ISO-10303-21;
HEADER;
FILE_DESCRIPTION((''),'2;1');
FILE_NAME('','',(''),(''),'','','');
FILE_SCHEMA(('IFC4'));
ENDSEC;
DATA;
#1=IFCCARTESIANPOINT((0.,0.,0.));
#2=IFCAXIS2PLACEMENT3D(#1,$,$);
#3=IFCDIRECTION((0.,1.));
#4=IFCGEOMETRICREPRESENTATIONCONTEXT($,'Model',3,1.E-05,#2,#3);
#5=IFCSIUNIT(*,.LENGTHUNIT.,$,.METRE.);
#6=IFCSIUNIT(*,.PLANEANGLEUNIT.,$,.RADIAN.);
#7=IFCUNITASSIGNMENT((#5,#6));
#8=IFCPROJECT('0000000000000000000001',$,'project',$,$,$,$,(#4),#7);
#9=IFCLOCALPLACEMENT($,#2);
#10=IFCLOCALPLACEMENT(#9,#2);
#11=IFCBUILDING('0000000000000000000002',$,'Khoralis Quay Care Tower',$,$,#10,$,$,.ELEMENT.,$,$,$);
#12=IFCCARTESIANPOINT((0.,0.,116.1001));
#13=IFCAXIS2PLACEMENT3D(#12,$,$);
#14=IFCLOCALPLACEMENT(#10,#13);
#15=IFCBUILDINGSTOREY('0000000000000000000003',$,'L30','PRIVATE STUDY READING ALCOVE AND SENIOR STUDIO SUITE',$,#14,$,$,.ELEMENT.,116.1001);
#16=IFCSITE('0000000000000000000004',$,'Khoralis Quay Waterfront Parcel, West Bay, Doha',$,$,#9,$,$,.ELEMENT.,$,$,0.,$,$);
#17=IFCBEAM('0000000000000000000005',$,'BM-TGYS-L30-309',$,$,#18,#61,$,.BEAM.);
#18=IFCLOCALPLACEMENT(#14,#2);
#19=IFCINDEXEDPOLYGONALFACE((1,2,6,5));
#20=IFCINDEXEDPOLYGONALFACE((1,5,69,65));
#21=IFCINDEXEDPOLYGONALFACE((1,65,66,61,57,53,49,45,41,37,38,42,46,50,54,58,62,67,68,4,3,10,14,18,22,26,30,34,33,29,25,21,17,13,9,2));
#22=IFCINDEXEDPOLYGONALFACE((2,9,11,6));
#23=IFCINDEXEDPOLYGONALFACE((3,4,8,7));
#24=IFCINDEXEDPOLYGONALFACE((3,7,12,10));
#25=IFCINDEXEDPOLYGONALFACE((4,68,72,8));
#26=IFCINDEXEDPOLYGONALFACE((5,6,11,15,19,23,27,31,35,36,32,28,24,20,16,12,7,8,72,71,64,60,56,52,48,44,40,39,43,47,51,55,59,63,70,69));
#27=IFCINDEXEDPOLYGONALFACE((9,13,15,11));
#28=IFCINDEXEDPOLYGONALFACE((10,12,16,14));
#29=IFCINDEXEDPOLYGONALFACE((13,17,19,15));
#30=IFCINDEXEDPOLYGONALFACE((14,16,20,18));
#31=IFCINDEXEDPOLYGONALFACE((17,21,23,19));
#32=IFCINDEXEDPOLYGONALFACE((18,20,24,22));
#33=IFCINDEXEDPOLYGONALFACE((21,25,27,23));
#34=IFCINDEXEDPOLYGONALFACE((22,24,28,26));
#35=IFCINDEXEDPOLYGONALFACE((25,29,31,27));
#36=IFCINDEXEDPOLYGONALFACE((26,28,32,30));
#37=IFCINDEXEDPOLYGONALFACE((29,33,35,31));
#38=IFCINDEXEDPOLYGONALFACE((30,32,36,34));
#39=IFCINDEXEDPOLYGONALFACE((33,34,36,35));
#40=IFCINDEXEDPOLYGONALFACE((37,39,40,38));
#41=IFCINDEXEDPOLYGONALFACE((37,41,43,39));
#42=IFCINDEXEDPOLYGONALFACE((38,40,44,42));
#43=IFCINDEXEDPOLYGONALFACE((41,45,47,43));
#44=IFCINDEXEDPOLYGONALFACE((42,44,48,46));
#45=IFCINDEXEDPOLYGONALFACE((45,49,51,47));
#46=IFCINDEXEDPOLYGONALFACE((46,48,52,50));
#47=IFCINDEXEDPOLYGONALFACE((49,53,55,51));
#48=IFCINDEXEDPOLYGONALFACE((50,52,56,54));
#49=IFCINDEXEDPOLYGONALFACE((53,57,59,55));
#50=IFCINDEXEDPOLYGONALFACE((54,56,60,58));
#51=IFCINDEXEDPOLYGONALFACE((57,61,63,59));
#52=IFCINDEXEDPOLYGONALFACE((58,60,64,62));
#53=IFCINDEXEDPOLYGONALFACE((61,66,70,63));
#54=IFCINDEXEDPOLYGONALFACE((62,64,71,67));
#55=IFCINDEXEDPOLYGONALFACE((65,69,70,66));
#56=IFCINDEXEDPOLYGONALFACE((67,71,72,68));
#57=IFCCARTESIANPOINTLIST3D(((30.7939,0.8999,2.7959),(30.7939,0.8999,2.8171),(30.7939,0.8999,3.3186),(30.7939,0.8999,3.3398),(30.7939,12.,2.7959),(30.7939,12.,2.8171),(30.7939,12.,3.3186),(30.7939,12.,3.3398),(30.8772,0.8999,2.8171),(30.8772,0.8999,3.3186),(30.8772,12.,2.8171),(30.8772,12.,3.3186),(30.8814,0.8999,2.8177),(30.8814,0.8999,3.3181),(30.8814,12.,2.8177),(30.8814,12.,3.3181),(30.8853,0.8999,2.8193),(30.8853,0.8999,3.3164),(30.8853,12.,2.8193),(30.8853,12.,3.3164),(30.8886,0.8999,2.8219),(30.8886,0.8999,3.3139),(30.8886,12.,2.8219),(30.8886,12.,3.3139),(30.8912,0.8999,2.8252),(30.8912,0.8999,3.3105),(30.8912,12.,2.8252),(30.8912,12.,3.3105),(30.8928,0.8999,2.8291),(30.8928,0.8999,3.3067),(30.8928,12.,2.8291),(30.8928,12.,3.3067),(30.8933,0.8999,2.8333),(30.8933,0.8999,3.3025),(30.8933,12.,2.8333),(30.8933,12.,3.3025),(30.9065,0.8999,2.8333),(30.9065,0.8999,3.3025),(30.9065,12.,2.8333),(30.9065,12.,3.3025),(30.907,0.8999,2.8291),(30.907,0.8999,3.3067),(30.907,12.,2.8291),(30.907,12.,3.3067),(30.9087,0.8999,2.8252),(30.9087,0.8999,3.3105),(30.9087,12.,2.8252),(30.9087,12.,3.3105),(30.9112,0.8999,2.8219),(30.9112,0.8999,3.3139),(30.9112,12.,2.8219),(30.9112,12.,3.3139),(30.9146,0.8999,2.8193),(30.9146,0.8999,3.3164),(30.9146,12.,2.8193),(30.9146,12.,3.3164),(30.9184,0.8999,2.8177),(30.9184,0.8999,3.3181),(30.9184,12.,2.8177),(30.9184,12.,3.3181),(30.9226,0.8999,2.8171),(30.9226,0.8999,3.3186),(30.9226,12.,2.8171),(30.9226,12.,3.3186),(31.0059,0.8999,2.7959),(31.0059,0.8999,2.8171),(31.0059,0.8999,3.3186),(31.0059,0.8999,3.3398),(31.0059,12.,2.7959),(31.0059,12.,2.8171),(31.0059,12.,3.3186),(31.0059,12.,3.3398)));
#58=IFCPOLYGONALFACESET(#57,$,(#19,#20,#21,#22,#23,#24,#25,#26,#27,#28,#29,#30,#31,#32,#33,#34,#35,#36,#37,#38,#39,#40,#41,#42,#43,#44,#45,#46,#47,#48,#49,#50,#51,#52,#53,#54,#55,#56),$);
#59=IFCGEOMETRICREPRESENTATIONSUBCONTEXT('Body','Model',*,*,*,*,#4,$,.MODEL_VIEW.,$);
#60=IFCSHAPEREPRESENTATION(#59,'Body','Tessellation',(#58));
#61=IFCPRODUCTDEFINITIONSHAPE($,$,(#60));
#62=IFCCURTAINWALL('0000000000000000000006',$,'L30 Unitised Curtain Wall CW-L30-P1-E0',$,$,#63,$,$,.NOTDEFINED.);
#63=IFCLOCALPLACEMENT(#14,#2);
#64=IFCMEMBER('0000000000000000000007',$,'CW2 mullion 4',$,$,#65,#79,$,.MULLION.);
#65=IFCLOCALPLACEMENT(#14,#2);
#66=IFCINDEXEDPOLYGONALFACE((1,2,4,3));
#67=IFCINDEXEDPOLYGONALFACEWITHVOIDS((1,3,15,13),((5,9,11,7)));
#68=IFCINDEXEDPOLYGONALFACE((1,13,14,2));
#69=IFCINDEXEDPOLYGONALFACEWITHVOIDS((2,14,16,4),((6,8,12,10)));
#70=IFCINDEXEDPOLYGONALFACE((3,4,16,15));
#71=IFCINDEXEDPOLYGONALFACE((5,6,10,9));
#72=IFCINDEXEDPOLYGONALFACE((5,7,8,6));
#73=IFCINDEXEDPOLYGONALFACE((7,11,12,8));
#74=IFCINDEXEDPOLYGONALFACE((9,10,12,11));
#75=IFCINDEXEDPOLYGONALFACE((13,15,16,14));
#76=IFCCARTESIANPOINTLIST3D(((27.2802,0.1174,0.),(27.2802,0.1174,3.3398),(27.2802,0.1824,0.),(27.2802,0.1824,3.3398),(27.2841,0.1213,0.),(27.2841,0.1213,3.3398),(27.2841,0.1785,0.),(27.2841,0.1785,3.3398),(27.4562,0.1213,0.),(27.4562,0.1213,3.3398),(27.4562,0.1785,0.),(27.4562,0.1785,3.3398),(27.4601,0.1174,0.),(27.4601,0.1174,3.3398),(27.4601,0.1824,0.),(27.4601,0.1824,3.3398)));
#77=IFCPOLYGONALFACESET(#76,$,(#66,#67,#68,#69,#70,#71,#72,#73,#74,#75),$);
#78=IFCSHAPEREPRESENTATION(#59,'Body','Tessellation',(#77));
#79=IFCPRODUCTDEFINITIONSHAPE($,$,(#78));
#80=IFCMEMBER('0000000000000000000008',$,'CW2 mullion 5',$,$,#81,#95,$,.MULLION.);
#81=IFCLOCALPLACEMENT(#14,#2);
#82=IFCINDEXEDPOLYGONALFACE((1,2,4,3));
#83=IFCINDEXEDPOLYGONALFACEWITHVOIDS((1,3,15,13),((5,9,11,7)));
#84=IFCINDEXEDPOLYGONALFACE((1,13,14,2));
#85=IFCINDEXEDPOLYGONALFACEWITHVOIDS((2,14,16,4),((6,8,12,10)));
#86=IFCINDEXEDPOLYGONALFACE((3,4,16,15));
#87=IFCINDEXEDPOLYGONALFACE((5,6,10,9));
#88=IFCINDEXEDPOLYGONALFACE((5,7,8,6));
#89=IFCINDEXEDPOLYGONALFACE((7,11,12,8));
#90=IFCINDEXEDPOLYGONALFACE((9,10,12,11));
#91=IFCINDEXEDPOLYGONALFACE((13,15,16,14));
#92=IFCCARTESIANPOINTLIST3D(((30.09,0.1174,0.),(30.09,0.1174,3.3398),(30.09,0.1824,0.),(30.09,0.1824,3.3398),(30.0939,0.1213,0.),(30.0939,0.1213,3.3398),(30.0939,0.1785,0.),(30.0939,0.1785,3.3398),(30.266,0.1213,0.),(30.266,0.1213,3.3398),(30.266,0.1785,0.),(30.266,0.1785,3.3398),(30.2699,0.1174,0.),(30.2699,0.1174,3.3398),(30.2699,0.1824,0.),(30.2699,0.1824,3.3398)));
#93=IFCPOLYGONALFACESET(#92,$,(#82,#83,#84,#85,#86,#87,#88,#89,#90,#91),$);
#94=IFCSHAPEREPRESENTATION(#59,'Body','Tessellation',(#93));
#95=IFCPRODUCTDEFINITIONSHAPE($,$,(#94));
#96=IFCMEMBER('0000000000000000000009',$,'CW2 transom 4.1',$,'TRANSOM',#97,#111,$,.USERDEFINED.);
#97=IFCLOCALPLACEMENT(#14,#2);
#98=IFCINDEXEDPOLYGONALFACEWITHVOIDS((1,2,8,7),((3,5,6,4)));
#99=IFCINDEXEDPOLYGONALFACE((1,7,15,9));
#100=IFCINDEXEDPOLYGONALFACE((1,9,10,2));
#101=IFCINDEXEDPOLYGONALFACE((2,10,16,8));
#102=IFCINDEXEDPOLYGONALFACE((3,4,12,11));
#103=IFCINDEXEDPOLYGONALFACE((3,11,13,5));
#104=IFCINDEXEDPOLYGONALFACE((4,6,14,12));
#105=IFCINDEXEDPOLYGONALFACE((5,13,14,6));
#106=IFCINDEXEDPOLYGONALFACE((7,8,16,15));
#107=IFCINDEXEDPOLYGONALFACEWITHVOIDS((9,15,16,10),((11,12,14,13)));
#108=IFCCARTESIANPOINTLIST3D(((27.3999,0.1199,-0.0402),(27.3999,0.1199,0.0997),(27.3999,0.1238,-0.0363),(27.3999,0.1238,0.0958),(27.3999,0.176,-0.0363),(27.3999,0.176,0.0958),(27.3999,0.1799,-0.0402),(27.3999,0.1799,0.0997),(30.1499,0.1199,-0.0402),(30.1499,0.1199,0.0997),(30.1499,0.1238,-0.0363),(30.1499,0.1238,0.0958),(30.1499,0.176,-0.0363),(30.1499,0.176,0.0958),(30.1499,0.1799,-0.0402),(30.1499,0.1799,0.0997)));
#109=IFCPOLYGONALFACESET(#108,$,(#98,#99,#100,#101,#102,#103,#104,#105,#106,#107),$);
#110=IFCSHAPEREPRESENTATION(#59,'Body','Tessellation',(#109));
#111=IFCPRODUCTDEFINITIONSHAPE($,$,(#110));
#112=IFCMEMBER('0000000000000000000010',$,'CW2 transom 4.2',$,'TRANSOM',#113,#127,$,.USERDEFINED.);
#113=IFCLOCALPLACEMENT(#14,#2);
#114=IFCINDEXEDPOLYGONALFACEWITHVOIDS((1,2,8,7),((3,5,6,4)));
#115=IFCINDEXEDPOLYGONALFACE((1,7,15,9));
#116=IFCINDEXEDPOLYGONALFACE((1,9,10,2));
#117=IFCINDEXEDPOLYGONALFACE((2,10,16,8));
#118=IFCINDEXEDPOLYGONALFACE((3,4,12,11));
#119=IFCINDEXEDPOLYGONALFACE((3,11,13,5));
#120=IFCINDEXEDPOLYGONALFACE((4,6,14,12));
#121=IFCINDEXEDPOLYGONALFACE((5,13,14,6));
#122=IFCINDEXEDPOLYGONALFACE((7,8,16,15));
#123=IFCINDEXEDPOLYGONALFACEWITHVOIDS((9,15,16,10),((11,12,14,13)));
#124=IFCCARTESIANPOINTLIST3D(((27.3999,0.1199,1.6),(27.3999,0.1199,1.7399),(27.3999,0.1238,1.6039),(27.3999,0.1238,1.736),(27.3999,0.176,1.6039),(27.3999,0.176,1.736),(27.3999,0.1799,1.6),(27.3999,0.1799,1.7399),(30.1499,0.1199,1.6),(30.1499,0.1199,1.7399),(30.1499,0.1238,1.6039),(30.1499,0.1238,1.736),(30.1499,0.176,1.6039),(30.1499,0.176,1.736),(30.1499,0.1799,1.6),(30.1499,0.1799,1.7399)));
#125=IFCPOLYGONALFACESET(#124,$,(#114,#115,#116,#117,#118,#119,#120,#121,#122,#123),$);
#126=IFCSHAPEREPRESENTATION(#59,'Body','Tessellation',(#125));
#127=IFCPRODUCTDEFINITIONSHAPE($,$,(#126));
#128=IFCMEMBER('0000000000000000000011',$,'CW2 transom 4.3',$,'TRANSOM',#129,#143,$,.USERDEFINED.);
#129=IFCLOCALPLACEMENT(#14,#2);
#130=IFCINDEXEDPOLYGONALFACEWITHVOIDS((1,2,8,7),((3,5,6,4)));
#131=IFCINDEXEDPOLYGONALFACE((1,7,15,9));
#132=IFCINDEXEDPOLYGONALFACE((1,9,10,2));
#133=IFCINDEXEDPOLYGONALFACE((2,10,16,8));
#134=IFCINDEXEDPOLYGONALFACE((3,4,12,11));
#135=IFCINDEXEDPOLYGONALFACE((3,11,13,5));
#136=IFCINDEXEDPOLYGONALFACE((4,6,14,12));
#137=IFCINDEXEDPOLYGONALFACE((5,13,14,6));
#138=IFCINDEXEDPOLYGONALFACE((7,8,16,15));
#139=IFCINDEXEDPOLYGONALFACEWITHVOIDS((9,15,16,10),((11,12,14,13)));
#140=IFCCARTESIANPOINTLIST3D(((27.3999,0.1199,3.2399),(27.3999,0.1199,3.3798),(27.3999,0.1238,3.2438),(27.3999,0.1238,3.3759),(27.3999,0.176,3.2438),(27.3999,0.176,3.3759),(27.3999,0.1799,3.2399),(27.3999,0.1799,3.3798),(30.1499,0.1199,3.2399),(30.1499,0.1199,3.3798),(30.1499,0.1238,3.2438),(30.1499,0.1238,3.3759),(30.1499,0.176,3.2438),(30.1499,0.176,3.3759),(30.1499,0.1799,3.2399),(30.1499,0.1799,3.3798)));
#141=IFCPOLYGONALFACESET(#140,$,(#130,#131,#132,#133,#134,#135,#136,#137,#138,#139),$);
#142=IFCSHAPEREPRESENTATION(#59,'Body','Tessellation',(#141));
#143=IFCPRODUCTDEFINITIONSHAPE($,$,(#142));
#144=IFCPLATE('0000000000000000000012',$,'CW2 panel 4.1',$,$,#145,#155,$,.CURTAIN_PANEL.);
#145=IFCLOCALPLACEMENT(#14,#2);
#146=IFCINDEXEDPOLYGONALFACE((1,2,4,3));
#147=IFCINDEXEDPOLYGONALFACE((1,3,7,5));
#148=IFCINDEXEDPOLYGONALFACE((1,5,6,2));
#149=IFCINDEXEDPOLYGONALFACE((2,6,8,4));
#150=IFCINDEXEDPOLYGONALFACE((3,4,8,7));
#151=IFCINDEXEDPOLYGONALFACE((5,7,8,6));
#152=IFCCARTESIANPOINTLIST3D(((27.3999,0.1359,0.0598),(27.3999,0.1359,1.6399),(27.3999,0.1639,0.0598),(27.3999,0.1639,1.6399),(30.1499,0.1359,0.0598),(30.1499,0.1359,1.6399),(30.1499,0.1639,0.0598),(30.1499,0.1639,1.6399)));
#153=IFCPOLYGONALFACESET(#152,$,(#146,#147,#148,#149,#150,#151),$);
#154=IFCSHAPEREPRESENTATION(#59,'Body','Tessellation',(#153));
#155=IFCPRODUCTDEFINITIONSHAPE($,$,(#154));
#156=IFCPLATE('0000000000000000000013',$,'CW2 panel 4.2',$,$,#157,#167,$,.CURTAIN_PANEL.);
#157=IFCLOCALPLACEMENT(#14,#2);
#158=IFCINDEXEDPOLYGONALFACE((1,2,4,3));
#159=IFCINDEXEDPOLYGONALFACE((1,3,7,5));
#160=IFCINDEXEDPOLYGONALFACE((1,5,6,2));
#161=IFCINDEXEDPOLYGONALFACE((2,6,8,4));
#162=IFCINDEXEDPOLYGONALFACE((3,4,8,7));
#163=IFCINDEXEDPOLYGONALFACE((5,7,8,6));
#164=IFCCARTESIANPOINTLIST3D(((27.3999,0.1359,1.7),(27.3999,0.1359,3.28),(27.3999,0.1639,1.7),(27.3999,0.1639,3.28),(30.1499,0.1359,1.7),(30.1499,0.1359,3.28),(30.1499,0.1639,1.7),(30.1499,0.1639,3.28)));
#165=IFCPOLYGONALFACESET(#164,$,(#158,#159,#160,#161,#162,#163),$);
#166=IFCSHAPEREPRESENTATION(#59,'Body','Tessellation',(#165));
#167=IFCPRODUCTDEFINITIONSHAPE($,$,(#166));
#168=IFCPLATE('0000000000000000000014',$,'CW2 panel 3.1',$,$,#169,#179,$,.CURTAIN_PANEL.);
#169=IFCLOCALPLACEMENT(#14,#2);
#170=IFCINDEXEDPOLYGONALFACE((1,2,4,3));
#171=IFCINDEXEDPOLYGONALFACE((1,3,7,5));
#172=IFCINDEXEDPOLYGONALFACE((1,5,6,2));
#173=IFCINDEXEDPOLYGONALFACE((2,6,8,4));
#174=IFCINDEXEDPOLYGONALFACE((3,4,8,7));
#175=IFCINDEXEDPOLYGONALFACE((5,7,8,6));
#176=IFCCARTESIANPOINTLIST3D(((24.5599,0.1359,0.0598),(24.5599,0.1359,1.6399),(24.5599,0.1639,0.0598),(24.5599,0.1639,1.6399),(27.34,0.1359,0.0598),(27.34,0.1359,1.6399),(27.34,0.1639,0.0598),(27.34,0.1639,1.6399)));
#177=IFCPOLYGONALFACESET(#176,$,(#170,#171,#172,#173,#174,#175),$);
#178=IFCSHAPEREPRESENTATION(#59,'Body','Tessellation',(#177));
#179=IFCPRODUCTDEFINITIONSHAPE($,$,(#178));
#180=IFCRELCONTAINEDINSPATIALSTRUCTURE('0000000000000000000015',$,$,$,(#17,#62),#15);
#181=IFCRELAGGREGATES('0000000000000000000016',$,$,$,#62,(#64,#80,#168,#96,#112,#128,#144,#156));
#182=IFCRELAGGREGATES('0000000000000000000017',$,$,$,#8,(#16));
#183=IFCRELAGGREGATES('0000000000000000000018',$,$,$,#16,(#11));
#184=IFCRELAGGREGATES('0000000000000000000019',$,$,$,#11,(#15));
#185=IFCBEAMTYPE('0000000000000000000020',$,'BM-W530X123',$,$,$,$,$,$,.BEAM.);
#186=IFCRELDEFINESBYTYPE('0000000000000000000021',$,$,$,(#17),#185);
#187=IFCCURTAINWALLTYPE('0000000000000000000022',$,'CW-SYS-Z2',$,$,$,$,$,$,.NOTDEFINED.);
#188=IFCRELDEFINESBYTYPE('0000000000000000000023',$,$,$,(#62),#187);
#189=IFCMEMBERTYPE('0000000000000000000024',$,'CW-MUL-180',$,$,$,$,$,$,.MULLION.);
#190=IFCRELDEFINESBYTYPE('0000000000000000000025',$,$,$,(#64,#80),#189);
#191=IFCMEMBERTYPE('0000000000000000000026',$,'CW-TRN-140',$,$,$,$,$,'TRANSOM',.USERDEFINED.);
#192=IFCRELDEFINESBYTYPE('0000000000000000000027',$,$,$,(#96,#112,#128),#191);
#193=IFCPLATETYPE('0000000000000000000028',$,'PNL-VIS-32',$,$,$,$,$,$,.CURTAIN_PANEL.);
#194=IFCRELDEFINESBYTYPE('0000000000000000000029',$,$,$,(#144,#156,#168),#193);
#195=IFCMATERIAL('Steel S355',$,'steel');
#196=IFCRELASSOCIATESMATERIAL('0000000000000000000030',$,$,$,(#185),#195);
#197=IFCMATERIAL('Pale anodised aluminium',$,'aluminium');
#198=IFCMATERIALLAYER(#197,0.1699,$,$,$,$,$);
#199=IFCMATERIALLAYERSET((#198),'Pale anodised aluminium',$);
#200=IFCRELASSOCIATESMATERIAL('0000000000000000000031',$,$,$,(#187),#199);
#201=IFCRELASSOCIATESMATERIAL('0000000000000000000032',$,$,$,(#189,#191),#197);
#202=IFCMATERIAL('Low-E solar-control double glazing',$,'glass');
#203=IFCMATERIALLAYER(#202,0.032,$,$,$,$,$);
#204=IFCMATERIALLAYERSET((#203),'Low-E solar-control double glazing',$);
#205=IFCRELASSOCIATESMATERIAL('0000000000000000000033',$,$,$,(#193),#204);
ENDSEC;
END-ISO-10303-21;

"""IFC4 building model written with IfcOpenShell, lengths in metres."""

from ifc_helpers import new_model, si_unit, direction, frame, origin, origin_2d, place, context, subcontext, project, spatial, rectangle, hollow_rectangle, i_section, extrude, source, transform, mapped, material, layer, layer_set, material_profile, profile_set, type_object, element, aggregate, save


model = new_model("IFC4")

# Units and contexts
model_context = context("Model", 3, precision=1e-05, world=origin(), true_north=direction((0.0, 1.0)))
body_context = subcontext(model_context, "Body", "Model", "MODEL_VIEW")
ifc_project = project(units=[si_unit("LENGTHUNIT", "METRE"), si_unit("PLANEANGLEUNIT", "RADIAN")], contexts=[model_context])

# Site, building, storey
site_placement = place(None, origin())
site = spatial("IfcSite", under=ifc_project, at=site_placement, Name="Khoralis Quay Waterfront Parcel, West Bay, Doha", CompositionType="ELEMENT", RefElevation=0.0)
building_placement = place(site_placement, origin())
building = spatial("IfcBuilding", under=site, at=building_placement, Name="Khoralis Quay Care Tower", CompositionType="ELEMENT")
storey_placement = place(building_placement, frame((0.0, 0.0, 116.1001)))
storey = spatial("IfcBuildingStorey", under=building, at=storey_placement, Name="L30", Description="PRIVATE STUDY READING ALCOVE AND SENIOR STUDIO SUITE", CompositionType="ELEMENT", Elevation=116.1001)

# Beam
ifc_material_1 = material(Name="Steel S355", Category="steel")
ifc_material_profile_1 = material_profile(ifc_material_1, i_section(OverallWidth=0.2119, OverallDepth=0.5439, WebThickness=0.0132, FlangeThickness=0.0212, FilletRadius=0.0161, at=origin_2d()), Name="Steel S355")
ifc_profile_set_1 = profile_set([ifc_material_profile_1], Name="Steel S355")
beam_type_1 = type_object("IfcBeamType", Name="BM-W530X123", PredefinedType="BEAM", material=ifc_profile_set_1)
shared_shape_1 = source(origin(), body_context, "Body", "SweptSolid", [
    extrude(i_section(OverallWidth=0.2119, OverallDepth=0.5439, WebThickness=0.0132, FlangeThickness=0.0212, FilletRadius=0.0161, at=origin_2d()), origin(), (0.0, 0.0, 1.0), 11.1001),
])
for number, where, z_axis, x_axis, name in (
    (1, (30.8999, 0.8999, 3.0679), (0.0, 1.0, 0.0), (-1.0, 0.0, 0.0), "BM-TGYS-L30-309"),
):
    element("IfcBeam", number, at=place(storey_placement, frame(where, z_axis=z_axis, x_axis=x_axis)), inside=storey, type_object=beam_type_1, Name=name, PredefinedType="BEAM", context=body_context, shape_type="MappedRepresentation", body=[
        mapped(shared_shape_1, transform((0.0, 0.0, 0.0), scale=1.0)),
    ])

# Curtain wall, members, plates
ifc_material_2 = material(Name="Pale anodised aluminium", Category="aluminium")
ifc_layer_1 = layer(ifc_material_2, 0.1699)
ifc_layer_set_1 = layer_set([ifc_layer_1], Name="Pale anodised aluminium")
curtain_wall_type = type_object("IfcCurtainWallType", Name="CW-SYS-Z2", PredefinedType="NOTDEFINED", material=ifc_layer_set_1)
curtain_wall_placement = place(storey_placement, origin())
curtain_wall = element("IfcCurtainWall", 2, at=curtain_wall_placement, inside=storey, type_object=curtain_wall_type, Name="L30 Unitised Curtain Wall CW-L30-P1-E0", PredefinedType="NOTDEFINED")
ifc_material_profile_2 = material_profile(ifc_material_2, hollow_rectangle(XDim=0.0649, YDim=0.1799, WallThickness=0.0039, at=origin_2d()), Name="Pale anodised aluminium")
ifc_profile_set_2 = profile_set([ifc_material_profile_2], Name="Pale anodised aluminium")
member_type_1 = type_object("IfcMemberType", Name="CW-MUL-180", PredefinedType="MULLION", material=ifc_profile_set_2)
shared_shape_2 = source(origin(), body_context, "Body", "SweptSolid", [
    extrude(hollow_rectangle(XDim=0.0649, YDim=0.1799, WallThickness=0.0039, at=origin_2d()), origin(), (0.0, 0.0, 1.0), 3.3398),
])
member_1_placement = place(storey_placement, frame((27.3701, 0.1499, 0.0), z_axis=(0.0, 0.0, 1.0), x_axis=(0.0, 1.0, 0.0)))
member_1 = element("IfcMember", 3, at=member_1_placement, type_object=member_type_1, Name="CW2 mullion 4", PredefinedType="MULLION", context=body_context, shape_type="MappedRepresentation", body=[
    mapped(shared_shape_2, transform((0.0, 0.0, 0.0), scale=1.0)),
])
member_2_placement = place(storey_placement, frame((30.1799, 0.1499, 0.0), z_axis=(0.0, 0.0, 1.0), x_axis=(0.0, 1.0, 0.0)))
member_2 = element("IfcMember", 4, at=member_2_placement, type_object=member_type_1, Name="CW2 mullion 5", PredefinedType="MULLION", context=body_context, shape_type="MappedRepresentation", body=[
    mapped(shared_shape_2, transform((0.0, 0.0, 0.0), scale=1.0)),
])
ifc_material_profile_3 = material_profile(ifc_material_2, hollow_rectangle(XDim=0.0601, YDim=0.1399, WallThickness=0.0039, at=origin_2d()), Name="Pale anodised aluminium")
ifc_profile_set_3 = profile_set([ifc_material_profile_3], Name="Pale anodised aluminium")
member_type_2 = type_object("IfcMemberType", Name="CW-TRN-140", ElementType="TRANSOM", PredefinedType="USERDEFINED", material=ifc_profile_set_3)
shared_shape_3 = source(origin(), body_context, "Body", "SweptSolid", [
    extrude(hollow_rectangle(XDim=0.0601, YDim=0.1399, WallThickness=0.0039, at=origin_2d()), origin(), (0.0, 0.0, 1.0), 2.75),
])
member_3_placement = place(storey_placement, frame((27.3999, 0.1499, 0.0298), z_axis=(1.0, 0.0, 0.0), x_axis=(0.0, 1.0, 0.0)))
member_3 = element("IfcMember", 5, at=member_3_placement, type_object=member_type_2, Name="CW2 transom 4.1", ObjectType="TRANSOM", PredefinedType="USERDEFINED", context=body_context, shape_type="MappedRepresentation", body=[
    mapped(shared_shape_3, transform((0.0, 0.0, 0.0), scale=1.0)),
])
member_4_placement = place(storey_placement, frame((27.3999, 0.1499, 1.6699), z_axis=(1.0, 0.0, 0.0), x_axis=(0.0, 1.0, 0.0)))
member_4 = element("IfcMember", 6, at=member_4_placement, type_object=member_type_2, Name="CW2 transom 4.2", ObjectType="TRANSOM", PredefinedType="USERDEFINED", context=body_context, shape_type="MappedRepresentation", body=[
    mapped(shared_shape_3, transform((0.0, 0.0, 0.0), scale=1.0)),
])
member_5_placement = place(storey_placement, frame((27.3999, 0.1499, 3.3098), z_axis=(1.0, 0.0, 0.0), x_axis=(0.0, 1.0, 0.0)))
member_5 = element("IfcMember", 7, at=member_5_placement, type_object=member_type_2, Name="CW2 transom 4.3", ObjectType="TRANSOM", PredefinedType="USERDEFINED", context=body_context, shape_type="MappedRepresentation", body=[
    mapped(shared_shape_3, transform((0.0, 0.0, 0.0), scale=1.0)),
])
ifc_material_3 = material(Name="Low-E solar-control double glazing", Category="glass")
ifc_layer_2 = layer(ifc_material_3, 0.032)
ifc_layer_set_2 = layer_set([ifc_layer_2], Name="Low-E solar-control double glazing")
plate_type = type_object("IfcPlateType", Name="PNL-VIS-32", PredefinedType="CURTAIN_PANEL", material=ifc_layer_set_2)
shared_shape_4 = source(origin(), body_context, "Body", "SweptSolid", [
    extrude(rectangle(XDim=2.75, YDim=0.0281, at=origin_2d()), origin(), (0.0, 0.0, 1.0), 1.5801),
])
plate_1_placement = place(storey_placement, frame((28.7749, 0.1499, 0.0598), z_axis=(0.0, 0.0, 1.0), x_axis=(1.0, 0.0, 0.0)))
plate_1 = element("IfcPlate", 8, at=plate_1_placement, type_object=plate_type, Name="CW2 panel 4.1", PredefinedType="CURTAIN_PANEL", context=body_context, shape_type="MappedRepresentation", body=[
    mapped(shared_shape_4, transform((0.0, 0.0, 0.0), scale=1.0)),
])
plate_2_placement = place(storey_placement, frame((28.7749, 0.1499, 1.7), z_axis=(0.0, 0.0, 1.0), x_axis=(1.0, 0.0, 0.0)))
plate_2 = element("IfcPlate", 9, at=plate_2_placement, type_object=plate_type, Name="CW2 panel 4.2", PredefinedType="CURTAIN_PANEL", context=body_context, shape_type="MappedRepresentation", body=[
    mapped(shared_shape_4, transform((0.0, 0.0, 0.0), scale=1.0)),
])
shared_shape_5 = source(origin(), body_context, "Body", "SweptSolid", [
    extrude(rectangle(XDim=2.78, YDim=0.0281, at=origin_2d()), origin(), (0.0, 0.0, 1.0), 1.5801),
])
plate_3_placement = place(storey_placement, frame((25.95, 0.1499, 0.0598), z_axis=(0.0, 0.0, 1.0), x_axis=(1.0, 0.0, 0.0)))
plate_3 = element("IfcPlate", 10, at=plate_3_placement, type_object=plate_type, Name="CW2 panel 3.1", PredefinedType="CURTAIN_PANEL", context=body_context, shape_type="MappedRepresentation", body=[
    mapped(shared_shape_5, transform((0.0, 0.0, 0.0), scale=1.0)),
])
aggregate(curtain_wall, [member_1, member_2, plate_3, member_3, member_4, member_5, plate_1, plate_2])

save(model, "model.ifc")
